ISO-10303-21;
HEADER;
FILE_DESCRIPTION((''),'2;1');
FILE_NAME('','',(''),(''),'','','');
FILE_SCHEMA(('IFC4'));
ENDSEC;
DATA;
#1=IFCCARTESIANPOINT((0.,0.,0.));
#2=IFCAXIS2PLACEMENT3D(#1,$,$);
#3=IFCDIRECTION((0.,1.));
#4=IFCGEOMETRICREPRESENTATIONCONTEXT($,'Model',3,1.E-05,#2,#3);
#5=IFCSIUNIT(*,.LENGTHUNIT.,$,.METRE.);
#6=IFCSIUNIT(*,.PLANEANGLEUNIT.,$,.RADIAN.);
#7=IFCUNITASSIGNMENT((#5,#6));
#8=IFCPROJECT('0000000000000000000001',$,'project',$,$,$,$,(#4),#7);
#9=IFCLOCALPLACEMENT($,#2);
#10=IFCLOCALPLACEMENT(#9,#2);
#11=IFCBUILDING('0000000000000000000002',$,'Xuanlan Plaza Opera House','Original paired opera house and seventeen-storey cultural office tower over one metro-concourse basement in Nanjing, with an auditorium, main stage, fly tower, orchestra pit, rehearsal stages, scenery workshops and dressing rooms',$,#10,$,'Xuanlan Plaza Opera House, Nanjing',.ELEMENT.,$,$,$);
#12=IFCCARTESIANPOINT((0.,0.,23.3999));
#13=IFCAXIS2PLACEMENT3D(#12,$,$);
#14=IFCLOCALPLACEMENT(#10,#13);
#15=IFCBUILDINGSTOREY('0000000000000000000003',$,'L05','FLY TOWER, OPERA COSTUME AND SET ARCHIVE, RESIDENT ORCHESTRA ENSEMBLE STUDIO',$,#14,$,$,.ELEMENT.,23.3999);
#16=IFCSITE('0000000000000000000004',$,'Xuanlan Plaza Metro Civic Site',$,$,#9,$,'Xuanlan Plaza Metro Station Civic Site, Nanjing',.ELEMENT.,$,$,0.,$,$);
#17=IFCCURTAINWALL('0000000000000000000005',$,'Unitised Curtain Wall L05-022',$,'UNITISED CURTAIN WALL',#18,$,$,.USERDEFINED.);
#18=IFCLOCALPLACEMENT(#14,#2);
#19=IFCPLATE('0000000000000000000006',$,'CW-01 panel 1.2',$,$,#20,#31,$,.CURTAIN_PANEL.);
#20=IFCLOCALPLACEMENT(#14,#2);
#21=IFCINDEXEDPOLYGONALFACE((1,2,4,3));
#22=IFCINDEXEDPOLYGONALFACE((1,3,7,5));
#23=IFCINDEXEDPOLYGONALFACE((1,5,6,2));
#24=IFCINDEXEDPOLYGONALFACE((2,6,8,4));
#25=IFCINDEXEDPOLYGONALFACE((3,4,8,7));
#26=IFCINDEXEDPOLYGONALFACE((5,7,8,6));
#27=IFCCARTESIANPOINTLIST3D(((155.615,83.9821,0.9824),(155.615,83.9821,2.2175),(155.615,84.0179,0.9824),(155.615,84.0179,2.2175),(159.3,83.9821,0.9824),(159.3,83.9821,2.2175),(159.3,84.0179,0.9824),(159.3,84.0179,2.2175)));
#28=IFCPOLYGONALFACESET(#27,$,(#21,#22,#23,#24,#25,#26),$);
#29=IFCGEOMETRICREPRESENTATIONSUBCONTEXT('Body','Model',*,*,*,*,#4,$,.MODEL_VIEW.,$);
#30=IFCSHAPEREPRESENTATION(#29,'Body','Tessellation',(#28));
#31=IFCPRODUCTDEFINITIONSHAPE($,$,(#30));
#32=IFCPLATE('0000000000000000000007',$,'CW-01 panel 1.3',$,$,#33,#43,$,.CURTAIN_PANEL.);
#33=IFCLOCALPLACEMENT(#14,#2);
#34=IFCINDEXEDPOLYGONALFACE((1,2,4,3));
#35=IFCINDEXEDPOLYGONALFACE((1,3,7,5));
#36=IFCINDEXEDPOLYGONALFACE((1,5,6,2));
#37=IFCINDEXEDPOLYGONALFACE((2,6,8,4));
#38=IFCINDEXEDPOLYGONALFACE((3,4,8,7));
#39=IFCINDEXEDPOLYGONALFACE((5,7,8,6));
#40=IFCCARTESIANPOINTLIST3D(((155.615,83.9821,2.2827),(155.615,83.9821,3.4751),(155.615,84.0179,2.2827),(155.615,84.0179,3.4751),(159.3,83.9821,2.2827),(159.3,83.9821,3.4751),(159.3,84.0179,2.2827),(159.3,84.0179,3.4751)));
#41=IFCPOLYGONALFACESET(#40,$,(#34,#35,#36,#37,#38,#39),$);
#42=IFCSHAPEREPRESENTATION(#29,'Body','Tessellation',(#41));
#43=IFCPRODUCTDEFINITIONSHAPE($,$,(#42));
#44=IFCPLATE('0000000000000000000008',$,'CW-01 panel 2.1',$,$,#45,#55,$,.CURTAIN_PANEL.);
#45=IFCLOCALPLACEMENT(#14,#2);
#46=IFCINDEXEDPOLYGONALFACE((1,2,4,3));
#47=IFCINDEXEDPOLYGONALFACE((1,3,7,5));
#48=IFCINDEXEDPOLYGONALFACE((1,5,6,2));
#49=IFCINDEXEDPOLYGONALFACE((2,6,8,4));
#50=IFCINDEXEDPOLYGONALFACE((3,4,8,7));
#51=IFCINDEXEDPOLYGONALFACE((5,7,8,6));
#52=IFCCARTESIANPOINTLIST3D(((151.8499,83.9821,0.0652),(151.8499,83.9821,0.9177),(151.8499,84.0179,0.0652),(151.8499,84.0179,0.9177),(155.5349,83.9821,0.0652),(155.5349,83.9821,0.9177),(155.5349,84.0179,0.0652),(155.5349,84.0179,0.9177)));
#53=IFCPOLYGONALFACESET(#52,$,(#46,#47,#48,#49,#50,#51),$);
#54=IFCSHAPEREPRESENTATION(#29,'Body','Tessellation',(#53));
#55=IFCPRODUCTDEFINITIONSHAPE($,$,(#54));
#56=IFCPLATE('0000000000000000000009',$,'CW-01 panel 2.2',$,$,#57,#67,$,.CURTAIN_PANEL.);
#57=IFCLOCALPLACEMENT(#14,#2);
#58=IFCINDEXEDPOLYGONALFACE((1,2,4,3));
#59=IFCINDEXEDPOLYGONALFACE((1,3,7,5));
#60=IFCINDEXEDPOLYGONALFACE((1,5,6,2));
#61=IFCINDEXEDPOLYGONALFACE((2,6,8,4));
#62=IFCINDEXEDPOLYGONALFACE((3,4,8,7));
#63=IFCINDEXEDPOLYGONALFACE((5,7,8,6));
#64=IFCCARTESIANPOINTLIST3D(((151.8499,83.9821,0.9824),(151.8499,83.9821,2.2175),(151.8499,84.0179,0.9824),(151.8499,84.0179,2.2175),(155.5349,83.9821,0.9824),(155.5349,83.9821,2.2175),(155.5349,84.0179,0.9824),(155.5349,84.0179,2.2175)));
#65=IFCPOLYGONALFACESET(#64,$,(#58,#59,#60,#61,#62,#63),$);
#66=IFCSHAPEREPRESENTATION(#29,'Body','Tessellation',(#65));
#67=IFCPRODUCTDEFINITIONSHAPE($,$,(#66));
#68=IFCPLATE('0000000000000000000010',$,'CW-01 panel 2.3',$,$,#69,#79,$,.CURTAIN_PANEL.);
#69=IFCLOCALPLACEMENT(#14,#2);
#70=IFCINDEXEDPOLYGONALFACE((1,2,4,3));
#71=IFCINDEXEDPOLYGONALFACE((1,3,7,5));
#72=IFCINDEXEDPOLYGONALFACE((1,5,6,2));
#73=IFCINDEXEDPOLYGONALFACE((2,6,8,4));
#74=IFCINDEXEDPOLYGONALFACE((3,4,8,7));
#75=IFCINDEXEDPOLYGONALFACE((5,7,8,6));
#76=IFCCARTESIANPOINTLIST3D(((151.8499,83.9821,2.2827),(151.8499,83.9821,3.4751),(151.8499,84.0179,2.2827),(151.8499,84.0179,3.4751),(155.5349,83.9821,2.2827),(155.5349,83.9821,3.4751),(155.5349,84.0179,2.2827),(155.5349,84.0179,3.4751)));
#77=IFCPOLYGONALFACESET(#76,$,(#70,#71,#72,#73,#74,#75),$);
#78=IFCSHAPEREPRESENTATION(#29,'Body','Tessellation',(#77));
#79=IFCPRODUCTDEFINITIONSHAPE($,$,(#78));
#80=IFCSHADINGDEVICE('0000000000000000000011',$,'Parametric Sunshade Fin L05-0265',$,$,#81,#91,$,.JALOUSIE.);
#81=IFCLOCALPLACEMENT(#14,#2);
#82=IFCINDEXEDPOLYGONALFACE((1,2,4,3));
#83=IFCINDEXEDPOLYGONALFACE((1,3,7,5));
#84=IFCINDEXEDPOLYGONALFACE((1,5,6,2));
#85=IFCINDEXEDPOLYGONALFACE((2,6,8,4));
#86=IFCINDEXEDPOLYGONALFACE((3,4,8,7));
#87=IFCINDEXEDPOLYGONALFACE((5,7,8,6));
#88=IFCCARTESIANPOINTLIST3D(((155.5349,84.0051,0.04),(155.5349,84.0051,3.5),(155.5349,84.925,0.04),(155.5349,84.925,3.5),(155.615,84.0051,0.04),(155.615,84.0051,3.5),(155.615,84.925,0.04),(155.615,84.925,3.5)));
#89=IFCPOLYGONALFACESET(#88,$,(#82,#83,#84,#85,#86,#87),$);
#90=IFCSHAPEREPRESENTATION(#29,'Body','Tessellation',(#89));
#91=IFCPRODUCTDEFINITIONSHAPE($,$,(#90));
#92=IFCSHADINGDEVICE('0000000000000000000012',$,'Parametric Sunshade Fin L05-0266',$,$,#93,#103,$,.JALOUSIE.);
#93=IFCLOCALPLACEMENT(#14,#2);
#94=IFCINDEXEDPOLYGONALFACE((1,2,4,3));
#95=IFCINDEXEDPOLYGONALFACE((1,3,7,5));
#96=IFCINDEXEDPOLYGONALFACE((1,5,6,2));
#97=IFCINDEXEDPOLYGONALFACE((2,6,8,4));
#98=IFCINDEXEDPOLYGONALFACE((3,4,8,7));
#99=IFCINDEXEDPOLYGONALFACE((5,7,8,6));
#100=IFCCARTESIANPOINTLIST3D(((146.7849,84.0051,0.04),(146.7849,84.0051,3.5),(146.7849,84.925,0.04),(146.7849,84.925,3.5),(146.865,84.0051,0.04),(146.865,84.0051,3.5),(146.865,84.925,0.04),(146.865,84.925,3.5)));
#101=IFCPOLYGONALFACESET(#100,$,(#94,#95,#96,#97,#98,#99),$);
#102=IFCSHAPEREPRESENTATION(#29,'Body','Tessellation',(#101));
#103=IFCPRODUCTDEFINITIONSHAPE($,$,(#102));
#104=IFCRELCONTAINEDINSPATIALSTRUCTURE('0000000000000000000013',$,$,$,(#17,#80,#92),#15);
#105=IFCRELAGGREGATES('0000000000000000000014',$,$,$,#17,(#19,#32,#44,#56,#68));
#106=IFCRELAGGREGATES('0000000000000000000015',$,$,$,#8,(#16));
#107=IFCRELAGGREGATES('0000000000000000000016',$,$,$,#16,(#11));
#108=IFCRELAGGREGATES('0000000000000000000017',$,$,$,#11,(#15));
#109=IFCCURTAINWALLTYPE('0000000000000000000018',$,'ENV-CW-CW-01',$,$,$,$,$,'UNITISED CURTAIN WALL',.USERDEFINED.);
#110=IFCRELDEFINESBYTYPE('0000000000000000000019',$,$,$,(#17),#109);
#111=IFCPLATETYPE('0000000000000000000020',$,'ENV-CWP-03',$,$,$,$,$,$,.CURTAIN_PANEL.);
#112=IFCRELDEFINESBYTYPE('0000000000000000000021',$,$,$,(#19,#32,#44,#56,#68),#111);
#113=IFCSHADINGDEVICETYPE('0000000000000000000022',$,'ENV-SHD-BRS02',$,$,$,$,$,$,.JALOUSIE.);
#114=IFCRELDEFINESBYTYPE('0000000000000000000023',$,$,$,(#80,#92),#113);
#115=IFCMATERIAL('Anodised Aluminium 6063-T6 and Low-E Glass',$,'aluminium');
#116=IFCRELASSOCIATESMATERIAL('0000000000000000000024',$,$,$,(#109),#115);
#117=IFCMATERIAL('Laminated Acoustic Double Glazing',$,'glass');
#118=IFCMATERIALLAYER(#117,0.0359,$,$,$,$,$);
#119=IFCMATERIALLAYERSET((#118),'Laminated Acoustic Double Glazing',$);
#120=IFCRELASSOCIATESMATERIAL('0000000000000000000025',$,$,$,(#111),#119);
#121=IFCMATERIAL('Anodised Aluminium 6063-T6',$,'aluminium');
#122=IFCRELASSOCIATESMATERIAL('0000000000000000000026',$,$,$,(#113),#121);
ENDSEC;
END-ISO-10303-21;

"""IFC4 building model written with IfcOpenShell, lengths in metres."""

from ifc_helpers import new_model, si_unit, direction, frame, origin, origin_2d, place, context, subcontext, project, spatial, rectangle, extrude, material, layer, layer_set, type_object, element, aggregate, save


model = new_model("IFC4")

# Units and contexts
model_context = context("Model", 3, precision=1e-05, world=origin(), true_north=direction((0.0, 1.0)))
body_context = subcontext(model_context, "Body", "Model", "MODEL_VIEW")
ifc_project = project(units=[si_unit("LENGTHUNIT", "METRE"), si_unit("PLANEANGLEUNIT", "RADIAN")], contexts=[model_context])

# Site, building, storey
site_placement = place(None, origin())
site = spatial("IfcSite", under=ifc_project, at=site_placement, Name="Xuanlan Plaza Metro Civic Site", LongName="Xuanlan Plaza Metro Station Civic Site, Nanjing", CompositionType="ELEMENT", RefElevation=0.0)
building_placement = place(site_placement, origin())
building = spatial("IfcBuilding", under=site, at=building_placement, Name="Xuanlan Plaza Opera House", Description="Original paired opera house and seventeen-storey cultural office tower over one metro-concourse basement in Nanjing, with an auditorium, main stage, fly tower, orchestra pit, rehearsal stages, scenery workshops and dressing rooms", LongName="Xuanlan Plaza Opera House, Nanjing", CompositionType="ELEMENT")
storey_placement = place(building_placement, frame((0.0, 0.0, 23.3999)))
storey = spatial("IfcBuildingStorey", under=building, at=storey_placement, Name="L05", Description="FLY TOWER, OPERA COSTUME AND SET ARCHIVE, RESIDENT ORCHESTRA ENSEMBLE STUDIO", CompositionType="ELEMENT", Elevation=23.3999)

# Curtain wall
ifc_material_1 = material(Name="Anodised Aluminium 6063-T6 and Low-E Glass", Category="aluminium")
curtain_wall_type_1 = type_object("IfcCurtainWallType", Name="ENV-CW-CW-01", ElementType="UNITISED CURTAIN WALL", PredefinedType="USERDEFINED", material=ifc_material_1)
curtain_wall_1_placement = place(storey_placement, origin())
curtain_wall_1 = element("IfcCurtainWall", 1, at=curtain_wall_1_placement, inside=storey, type_object=curtain_wall_type_1, Name="Unitised Curtain Wall L05-022", ObjectType="UNITISED CURTAIN WALL", PredefinedType="USERDEFINED")
ifc_material_2 = material(Name="Anodised Aluminium 6063-T6", Category="aluminium")

# Plates
ifc_material_3 = material(Name="Laminated Acoustic Double Glazing", Category="glass")
ifc_layer_1 = layer(ifc_material_3, 0.0359)
ifc_layer_set_1 = layer_set([ifc_layer_1], Name="Laminated Acoustic Double Glazing")
plate_type_1 = type_object("IfcPlateType", Name="ENV-CWP-03", PredefinedType="CURTAIN_PANEL", material=ifc_layer_set_1)
plate_1_placement = place(storey_placement, frame((157.4575, 84.0, 0.9824), z_axis=(0.0, 0.0, 1.0), x_axis=(-1.0, 0.0, 0.0)))
plate_1 = element("IfcPlate", 2, at=plate_1_placement, type_object=plate_type_1, Name="CW-01 panel 1.2", PredefinedType="CURTAIN_PANEL", context=body_context, shape_type="SweptSolid", body=[
    extrude(rectangle(XDim=3.6851, YDim=0.0359, at=origin_2d()), origin(), (0.0, 0.0, 1.0), 1.2351),
])
plate_2_placement = place(storey_placement, frame((157.4575, 84.0, 2.2827), z_axis=(0.0, 0.0, 1.0), x_axis=(-1.0, 0.0, 0.0)))
plate_2 = element("IfcPlate", 3, at=plate_2_placement, type_object=plate_type_1, Name="CW-01 panel 1.3", PredefinedType="CURTAIN_PANEL", context=body_context, shape_type="SweptSolid", body=[
    extrude(rectangle(XDim=3.6851, YDim=0.0359, at=origin_2d()), origin(), (0.0, 0.0, 1.0), 1.1924),
])
plate_3_placement = place(storey_placement, frame((153.6924, 84.0, 0.0652), z_axis=(0.0, 0.0, 1.0), x_axis=(-1.0, 0.0, 0.0)))
plate_3 = element("IfcPlate", 4, at=plate_3_placement, type_object=plate_type_1, Name="CW-01 panel 2.1", PredefinedType="CURTAIN_PANEL", context=body_context, shape_type="SweptSolid", body=[
    extrude(rectangle(XDim=3.6851, YDim=0.0359, at=origin_2d()), origin(), (0.0, 0.0, 1.0), 0.8525),
])
plate_4_placement = place(storey_placement, frame((153.6924, 84.0, 0.9824), z_axis=(0.0, 0.0, 1.0), x_axis=(-1.0, 0.0, 0.0)))
plate_4 = element("IfcPlate", 5, at=plate_4_placement, type_object=plate_type_1, Name="CW-01 panel 2.2", PredefinedType="CURTAIN_PANEL", context=body_context, shape_type="SweptSolid", body=[
    extrude(rectangle(XDim=3.6851, YDim=0.0359, at=origin_2d()), origin(), (0.0, 0.0, 1.0), 1.2351),
])
plate_5_placement = place(storey_placement, frame((153.6924, 84.0, 2.2827), z_axis=(0.0, 0.0, 1.0), x_axis=(-1.0, 0.0, 0.0)))
plate_5 = element("IfcPlate", 6, at=plate_5_placement, type_object=plate_type_1, Name="CW-01 panel 2.3", PredefinedType="CURTAIN_PANEL", context=body_context, shape_type="SweptSolid", body=[
    extrude(rectangle(XDim=3.6851, YDim=0.0359, at=origin_2d()), origin(), (0.0, 0.0, 1.0), 1.1924),
])
aggregate(curtain_wall_1, [plate_1, plate_2, plate_3, plate_4, plate_5])

# Shading devices
shading_device_type = type_object("IfcShadingDeviceType", Name="ENV-SHD-BRS02", PredefinedType="JALOUSIE", material=ifc_material_2)
for number, where, z_axis, x_axis, name in (
    (7, (155.575, 84.4651, 0.04), (0.0, 0.0, 1.0), (0.0, 1.0, 0.0), "Parametric Sunshade Fin L05-0265"),
    (8, (146.825, 84.4651, 0.04), (0.0, 0.0, 1.0), (0.0, 1.0, 0.0), "Parametric Sunshade Fin L05-0266"),
):
    element("IfcShadingDevice", number, at=place(storey_placement, frame(where, z_axis=z_axis, x_axis=x_axis)), inside=storey, type_object=shading_device_type, Name=name, PredefinedType="JALOUSIE", context=body_context, shape_type="SweptSolid", body=[
        extrude(rectangle(XDim=0.9199, YDim=0.0801, at=origin_2d()), origin(), (0.0, 0.0, 1.0), 3.46),
    ])

save(model, "model.ifc")
